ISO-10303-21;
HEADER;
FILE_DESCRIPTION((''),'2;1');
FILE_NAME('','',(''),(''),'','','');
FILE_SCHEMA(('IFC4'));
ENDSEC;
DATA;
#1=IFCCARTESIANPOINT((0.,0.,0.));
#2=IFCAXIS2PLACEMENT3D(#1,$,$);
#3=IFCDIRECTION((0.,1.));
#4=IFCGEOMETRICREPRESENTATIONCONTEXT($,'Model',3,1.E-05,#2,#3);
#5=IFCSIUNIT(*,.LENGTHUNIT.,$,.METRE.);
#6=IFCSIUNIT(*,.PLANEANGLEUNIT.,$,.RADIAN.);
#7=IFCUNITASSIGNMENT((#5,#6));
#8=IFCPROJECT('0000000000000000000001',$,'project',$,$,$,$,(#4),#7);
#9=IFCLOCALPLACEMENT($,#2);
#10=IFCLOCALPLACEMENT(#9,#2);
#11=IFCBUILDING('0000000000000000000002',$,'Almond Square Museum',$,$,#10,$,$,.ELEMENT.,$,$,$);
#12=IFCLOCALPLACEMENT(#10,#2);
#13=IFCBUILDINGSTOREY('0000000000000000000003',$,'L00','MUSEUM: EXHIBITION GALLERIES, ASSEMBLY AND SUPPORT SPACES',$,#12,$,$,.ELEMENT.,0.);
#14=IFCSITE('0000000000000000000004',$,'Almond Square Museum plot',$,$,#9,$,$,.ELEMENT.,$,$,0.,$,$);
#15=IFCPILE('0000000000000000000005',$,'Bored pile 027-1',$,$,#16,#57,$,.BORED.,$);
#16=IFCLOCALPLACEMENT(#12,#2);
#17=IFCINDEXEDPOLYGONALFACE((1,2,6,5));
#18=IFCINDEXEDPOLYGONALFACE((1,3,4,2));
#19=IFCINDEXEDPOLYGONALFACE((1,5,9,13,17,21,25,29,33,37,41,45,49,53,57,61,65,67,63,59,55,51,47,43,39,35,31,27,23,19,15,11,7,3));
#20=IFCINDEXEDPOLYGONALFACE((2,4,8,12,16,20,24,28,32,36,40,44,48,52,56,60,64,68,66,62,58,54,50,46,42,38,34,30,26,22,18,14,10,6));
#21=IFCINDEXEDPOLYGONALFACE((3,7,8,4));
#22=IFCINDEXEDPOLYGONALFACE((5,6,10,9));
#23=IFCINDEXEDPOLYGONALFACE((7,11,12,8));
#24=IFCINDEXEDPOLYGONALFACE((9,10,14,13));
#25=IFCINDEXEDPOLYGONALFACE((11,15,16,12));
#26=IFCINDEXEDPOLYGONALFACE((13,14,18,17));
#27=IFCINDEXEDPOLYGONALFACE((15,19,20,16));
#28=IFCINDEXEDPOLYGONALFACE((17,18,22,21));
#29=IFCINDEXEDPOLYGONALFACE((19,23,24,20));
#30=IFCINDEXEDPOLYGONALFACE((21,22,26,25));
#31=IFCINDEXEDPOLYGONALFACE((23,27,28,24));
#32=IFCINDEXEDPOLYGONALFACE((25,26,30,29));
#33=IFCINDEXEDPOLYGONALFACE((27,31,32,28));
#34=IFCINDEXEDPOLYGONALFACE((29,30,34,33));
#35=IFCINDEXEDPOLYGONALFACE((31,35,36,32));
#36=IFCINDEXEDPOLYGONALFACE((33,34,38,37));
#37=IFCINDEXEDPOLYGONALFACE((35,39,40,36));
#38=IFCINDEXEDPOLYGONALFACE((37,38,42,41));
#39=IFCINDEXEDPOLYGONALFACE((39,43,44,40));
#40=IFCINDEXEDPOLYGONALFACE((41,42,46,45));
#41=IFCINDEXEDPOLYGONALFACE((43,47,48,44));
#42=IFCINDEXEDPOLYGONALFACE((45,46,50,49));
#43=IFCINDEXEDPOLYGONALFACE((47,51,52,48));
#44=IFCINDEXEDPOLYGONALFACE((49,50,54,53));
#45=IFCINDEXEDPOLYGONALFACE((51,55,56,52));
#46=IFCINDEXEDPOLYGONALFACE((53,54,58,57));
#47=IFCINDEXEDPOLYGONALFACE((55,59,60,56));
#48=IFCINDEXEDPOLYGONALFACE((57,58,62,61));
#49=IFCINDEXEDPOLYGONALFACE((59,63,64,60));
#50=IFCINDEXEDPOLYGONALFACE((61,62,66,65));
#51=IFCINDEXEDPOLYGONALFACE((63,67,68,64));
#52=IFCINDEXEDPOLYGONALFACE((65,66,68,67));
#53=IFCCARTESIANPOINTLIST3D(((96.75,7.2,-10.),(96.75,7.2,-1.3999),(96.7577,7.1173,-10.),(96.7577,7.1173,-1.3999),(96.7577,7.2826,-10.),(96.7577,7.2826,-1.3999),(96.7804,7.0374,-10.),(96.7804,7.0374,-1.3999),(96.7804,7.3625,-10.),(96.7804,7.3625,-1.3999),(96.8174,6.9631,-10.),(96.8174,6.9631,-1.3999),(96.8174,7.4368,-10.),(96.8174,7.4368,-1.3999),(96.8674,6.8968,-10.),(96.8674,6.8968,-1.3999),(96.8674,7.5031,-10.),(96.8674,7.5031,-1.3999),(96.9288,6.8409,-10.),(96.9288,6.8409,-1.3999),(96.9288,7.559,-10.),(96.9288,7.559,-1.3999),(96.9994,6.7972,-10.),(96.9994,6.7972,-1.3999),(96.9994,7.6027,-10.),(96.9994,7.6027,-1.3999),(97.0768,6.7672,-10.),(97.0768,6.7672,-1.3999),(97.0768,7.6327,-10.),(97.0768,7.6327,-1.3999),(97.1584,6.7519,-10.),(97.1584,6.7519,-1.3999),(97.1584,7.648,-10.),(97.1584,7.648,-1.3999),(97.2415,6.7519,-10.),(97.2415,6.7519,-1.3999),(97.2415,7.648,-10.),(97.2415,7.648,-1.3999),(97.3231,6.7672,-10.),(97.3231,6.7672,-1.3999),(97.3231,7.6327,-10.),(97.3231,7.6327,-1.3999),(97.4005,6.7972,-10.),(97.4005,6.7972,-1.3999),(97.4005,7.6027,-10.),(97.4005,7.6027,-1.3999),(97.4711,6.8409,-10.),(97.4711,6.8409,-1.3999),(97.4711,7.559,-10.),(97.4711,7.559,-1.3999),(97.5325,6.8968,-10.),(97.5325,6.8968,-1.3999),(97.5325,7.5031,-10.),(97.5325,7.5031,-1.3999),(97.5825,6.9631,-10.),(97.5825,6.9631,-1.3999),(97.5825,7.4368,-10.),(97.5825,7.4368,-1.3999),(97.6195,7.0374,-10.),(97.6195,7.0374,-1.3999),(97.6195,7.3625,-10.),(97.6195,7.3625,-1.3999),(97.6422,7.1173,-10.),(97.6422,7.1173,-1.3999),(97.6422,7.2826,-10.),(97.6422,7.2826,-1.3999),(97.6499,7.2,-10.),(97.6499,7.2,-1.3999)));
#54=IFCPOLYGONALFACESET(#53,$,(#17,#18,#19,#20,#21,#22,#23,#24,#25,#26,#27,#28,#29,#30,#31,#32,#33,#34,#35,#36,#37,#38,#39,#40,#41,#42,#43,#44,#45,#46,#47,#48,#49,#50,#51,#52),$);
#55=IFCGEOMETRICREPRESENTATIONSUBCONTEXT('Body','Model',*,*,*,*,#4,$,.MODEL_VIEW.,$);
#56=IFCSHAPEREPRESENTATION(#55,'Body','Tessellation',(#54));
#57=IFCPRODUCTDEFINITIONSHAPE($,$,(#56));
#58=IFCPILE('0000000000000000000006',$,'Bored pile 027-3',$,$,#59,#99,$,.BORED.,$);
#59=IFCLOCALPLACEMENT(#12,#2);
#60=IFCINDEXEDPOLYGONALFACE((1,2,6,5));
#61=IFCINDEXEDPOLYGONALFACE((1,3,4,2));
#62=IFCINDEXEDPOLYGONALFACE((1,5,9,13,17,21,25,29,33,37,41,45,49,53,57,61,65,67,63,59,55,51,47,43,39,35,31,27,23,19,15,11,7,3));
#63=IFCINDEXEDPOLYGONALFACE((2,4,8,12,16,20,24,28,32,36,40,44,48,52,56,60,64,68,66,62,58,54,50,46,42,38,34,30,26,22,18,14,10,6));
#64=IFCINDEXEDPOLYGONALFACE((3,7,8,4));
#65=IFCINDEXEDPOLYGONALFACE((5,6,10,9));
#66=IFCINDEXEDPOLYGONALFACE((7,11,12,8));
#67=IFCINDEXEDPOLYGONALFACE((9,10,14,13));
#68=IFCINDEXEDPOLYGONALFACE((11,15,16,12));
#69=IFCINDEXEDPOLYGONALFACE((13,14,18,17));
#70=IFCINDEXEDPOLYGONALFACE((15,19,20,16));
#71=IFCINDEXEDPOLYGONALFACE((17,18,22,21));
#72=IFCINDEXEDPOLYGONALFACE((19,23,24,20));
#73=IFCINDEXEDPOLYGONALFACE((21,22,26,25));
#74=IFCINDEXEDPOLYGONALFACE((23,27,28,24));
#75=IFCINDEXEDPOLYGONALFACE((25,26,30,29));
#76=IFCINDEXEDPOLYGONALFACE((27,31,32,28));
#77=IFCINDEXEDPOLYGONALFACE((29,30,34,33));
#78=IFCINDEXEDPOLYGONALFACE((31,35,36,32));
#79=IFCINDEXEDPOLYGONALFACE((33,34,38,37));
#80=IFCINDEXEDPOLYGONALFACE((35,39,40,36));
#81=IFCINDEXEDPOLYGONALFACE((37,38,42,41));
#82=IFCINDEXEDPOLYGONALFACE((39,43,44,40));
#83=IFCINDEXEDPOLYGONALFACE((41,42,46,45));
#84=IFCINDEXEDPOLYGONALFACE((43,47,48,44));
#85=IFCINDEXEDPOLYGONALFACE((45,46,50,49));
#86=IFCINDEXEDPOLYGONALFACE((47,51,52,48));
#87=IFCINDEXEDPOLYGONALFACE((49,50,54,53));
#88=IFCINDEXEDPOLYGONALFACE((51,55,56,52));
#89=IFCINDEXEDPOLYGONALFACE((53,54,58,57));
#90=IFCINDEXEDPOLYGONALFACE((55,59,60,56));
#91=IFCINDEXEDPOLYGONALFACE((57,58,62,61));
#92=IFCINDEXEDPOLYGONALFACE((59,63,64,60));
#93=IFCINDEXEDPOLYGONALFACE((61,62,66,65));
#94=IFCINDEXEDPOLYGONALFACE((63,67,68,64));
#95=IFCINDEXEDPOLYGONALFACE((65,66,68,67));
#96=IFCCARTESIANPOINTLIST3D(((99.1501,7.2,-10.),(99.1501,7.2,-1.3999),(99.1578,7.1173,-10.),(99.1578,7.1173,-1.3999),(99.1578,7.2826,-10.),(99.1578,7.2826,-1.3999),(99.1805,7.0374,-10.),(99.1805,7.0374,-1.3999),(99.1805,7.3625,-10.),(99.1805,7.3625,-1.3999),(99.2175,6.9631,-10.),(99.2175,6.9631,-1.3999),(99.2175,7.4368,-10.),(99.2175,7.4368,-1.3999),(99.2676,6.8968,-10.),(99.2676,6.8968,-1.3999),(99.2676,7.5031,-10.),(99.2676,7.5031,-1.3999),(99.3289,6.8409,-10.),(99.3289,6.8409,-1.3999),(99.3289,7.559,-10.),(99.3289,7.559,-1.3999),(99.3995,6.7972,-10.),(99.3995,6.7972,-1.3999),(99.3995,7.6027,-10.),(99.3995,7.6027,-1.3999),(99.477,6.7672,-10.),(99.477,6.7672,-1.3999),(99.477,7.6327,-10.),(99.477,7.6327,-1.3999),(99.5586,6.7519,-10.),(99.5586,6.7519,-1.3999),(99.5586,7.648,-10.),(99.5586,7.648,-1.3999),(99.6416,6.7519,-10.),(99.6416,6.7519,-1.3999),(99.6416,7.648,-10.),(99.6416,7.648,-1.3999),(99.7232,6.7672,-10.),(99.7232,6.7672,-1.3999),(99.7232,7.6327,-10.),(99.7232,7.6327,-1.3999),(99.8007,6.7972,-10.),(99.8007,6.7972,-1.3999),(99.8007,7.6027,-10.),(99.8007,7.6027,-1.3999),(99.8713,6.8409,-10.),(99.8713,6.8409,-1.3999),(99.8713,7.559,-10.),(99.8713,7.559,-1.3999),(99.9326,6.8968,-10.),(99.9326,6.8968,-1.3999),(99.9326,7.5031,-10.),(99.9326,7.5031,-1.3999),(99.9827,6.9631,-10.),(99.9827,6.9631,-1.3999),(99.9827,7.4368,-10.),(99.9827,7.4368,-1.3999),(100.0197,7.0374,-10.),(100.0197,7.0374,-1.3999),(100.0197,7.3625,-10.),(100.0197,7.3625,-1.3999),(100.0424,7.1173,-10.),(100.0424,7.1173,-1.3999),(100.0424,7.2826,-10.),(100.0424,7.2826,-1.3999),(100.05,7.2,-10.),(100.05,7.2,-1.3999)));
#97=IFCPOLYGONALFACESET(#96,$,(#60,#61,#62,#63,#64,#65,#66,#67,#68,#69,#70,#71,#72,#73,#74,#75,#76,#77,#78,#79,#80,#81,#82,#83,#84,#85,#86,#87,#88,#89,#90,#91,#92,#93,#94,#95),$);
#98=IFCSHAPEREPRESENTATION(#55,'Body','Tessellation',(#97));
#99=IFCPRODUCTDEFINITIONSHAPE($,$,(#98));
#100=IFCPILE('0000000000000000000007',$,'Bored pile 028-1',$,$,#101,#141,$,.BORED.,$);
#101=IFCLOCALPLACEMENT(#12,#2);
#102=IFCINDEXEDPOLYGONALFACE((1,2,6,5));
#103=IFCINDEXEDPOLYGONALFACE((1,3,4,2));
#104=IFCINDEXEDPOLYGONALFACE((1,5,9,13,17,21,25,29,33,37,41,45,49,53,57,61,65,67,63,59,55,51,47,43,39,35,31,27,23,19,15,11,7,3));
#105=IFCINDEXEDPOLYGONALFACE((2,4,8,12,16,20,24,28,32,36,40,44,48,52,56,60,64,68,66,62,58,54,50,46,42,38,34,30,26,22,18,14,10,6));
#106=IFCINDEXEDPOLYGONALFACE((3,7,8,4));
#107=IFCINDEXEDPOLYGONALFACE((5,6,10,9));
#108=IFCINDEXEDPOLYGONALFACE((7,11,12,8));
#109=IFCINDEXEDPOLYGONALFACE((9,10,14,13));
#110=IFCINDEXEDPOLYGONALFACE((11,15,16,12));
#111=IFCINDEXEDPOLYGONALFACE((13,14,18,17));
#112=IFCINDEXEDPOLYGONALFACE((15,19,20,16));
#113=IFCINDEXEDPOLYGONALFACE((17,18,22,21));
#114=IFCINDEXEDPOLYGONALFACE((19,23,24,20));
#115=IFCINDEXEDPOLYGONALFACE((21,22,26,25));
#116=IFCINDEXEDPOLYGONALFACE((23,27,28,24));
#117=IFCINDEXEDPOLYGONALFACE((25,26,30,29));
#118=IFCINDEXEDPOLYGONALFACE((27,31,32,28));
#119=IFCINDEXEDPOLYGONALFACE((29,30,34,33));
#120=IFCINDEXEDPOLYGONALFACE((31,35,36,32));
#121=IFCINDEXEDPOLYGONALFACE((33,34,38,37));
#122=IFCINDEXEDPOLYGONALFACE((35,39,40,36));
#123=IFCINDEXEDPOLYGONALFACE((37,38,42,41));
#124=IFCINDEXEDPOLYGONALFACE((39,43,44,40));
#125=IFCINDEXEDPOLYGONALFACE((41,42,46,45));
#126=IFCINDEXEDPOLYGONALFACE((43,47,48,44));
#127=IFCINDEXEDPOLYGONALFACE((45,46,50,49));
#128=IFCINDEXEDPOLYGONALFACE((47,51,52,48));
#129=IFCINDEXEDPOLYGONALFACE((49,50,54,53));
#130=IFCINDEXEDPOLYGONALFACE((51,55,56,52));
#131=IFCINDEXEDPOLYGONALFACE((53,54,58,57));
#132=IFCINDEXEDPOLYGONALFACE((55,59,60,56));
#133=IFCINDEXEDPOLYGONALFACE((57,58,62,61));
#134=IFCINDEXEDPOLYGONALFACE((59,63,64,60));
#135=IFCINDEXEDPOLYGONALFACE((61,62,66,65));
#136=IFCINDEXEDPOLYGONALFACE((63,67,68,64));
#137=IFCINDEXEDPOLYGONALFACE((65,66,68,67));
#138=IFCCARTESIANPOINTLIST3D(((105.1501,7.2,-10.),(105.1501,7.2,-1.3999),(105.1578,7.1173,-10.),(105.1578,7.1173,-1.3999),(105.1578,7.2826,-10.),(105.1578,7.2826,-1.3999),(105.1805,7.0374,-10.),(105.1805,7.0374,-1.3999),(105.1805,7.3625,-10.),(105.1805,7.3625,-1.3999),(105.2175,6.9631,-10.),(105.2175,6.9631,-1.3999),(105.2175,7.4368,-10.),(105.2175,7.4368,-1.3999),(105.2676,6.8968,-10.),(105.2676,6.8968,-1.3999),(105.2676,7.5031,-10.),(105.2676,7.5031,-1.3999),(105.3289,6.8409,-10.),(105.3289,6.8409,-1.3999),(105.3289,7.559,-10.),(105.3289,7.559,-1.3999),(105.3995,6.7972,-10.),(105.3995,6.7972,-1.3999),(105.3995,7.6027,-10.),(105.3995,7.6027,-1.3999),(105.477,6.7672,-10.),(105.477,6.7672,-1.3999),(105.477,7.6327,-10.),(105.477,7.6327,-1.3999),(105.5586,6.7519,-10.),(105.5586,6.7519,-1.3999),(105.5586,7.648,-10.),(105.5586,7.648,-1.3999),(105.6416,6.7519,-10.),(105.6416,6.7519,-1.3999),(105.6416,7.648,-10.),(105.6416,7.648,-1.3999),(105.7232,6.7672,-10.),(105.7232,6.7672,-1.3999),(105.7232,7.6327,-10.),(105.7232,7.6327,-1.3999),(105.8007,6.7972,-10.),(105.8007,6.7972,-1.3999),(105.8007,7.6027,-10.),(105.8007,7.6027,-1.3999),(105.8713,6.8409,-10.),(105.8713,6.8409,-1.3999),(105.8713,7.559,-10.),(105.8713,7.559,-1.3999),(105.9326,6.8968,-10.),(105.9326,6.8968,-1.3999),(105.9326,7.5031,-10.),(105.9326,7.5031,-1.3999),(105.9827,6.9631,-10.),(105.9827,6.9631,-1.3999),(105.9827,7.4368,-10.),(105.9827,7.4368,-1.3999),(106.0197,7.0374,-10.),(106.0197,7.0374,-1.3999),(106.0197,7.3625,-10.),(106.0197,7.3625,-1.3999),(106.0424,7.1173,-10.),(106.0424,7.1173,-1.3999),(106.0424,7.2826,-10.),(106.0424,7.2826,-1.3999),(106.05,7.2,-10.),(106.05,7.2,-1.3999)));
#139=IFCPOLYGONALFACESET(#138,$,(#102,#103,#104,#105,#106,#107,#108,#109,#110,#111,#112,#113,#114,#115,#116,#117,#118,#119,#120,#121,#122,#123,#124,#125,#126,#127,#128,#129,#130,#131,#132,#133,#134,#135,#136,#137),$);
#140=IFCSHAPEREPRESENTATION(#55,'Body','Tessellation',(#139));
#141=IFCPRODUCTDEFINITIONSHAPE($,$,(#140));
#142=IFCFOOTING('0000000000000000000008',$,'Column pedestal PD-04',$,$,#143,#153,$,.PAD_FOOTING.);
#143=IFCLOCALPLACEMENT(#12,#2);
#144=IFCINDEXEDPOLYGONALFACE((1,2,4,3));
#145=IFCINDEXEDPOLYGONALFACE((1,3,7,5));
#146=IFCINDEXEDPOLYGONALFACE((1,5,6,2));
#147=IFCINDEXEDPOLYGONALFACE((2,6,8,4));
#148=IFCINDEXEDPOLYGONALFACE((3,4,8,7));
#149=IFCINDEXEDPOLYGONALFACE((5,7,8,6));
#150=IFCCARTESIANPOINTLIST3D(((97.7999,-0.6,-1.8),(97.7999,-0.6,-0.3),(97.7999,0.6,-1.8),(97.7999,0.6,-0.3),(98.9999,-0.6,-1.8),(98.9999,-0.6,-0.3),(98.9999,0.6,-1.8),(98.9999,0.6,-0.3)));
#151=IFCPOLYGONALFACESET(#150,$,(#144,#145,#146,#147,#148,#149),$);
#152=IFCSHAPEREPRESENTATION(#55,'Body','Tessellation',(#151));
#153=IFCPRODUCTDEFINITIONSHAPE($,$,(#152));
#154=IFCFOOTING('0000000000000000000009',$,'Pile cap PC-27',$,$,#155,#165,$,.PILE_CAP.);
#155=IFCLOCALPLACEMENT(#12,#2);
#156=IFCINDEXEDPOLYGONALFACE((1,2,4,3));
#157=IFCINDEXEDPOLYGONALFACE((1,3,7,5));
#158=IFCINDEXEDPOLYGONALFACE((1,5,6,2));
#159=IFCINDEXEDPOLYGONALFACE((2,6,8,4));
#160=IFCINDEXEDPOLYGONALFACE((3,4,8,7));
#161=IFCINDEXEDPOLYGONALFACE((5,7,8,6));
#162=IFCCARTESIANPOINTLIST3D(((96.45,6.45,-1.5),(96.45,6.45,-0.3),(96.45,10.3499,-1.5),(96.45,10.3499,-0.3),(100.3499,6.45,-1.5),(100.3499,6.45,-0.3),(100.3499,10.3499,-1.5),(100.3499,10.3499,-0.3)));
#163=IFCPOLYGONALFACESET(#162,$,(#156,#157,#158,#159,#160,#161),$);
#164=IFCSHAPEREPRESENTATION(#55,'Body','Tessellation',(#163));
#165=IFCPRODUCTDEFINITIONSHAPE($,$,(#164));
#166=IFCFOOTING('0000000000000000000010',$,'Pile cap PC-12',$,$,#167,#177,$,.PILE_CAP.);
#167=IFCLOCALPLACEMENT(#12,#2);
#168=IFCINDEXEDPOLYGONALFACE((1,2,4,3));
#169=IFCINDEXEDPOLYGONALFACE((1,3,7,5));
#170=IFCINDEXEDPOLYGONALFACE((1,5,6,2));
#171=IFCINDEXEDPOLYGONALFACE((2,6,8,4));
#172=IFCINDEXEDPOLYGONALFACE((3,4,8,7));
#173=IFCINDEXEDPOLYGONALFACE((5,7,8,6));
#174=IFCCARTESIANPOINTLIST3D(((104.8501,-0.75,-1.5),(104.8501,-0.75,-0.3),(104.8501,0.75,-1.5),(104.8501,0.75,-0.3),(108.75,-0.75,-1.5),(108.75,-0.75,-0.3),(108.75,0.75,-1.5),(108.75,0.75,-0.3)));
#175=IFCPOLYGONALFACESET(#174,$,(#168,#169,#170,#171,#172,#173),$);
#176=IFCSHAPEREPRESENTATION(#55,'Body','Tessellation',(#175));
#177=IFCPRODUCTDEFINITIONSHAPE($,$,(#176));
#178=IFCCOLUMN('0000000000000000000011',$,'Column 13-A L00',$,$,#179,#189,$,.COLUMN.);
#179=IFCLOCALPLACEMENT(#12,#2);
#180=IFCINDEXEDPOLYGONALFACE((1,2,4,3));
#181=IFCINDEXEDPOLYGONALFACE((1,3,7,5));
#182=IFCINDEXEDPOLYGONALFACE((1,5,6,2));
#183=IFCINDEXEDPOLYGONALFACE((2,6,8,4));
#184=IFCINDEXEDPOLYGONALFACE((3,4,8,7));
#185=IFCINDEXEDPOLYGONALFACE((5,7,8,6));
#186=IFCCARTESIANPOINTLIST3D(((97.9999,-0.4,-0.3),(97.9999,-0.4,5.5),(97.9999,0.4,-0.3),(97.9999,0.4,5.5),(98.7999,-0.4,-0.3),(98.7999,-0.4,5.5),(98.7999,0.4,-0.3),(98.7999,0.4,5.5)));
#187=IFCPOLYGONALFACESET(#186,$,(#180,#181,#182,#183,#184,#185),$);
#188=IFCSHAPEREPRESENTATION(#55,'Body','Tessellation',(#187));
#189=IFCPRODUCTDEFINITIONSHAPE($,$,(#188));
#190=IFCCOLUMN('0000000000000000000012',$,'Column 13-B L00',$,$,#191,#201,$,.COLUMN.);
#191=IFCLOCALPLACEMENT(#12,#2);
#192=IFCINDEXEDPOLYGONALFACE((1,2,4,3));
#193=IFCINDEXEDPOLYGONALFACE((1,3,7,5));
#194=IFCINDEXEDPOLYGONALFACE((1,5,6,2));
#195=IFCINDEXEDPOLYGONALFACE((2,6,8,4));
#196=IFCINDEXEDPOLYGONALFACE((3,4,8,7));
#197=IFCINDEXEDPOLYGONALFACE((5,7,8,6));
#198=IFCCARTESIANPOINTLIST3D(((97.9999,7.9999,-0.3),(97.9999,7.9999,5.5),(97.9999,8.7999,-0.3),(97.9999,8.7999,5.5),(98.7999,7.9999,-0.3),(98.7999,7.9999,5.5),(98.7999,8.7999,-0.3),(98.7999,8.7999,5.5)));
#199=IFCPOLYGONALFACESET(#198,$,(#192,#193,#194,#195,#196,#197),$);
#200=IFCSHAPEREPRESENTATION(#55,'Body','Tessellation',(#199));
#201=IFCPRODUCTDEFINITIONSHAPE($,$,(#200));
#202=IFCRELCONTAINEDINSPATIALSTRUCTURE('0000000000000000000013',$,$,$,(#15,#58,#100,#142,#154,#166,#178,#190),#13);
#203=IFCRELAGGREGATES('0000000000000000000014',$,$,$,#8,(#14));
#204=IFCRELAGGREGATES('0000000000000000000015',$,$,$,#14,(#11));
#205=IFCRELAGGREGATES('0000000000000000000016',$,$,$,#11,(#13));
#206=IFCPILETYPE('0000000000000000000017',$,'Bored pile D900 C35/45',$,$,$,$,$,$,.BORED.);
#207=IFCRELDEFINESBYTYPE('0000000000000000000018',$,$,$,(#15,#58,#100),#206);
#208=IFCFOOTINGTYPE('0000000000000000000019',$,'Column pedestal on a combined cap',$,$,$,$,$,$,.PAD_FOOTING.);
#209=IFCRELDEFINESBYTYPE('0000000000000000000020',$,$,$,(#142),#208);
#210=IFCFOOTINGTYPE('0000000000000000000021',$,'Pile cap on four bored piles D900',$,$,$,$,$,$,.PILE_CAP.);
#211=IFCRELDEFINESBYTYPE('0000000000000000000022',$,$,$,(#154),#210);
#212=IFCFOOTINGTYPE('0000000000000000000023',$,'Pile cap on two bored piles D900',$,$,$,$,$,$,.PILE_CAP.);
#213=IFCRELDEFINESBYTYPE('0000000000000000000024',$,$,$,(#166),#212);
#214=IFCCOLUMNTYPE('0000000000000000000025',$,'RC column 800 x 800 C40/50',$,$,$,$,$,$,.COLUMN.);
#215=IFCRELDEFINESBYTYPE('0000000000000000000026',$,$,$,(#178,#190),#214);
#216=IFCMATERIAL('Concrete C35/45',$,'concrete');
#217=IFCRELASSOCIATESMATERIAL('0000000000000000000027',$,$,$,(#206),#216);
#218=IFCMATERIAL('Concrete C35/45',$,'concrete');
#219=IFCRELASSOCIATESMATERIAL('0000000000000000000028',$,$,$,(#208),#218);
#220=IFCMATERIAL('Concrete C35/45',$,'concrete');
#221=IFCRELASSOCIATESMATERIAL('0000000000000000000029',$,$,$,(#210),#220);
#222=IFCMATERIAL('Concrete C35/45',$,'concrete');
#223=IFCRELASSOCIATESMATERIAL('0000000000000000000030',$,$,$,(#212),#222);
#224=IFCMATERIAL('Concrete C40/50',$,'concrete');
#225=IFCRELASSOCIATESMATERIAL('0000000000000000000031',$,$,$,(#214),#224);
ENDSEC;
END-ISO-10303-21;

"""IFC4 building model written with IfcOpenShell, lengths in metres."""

from ifc_helpers import new_model, si_unit, direction, frame, origin, origin_2d, place, context, subcontext, project, spatial, rectangle, circle, extrude, material, material_profile, profile_set, type_object, element, save


model = new_model("IFC4")

# Units and contexts
model_context = context("Model", 3, precision=1e-05, world=origin(), true_north=direction((0.0, 1.0)))
body_context = subcontext(model_context, "Body", "Model", "MODEL_VIEW")
ifc_project = project(units=[si_unit("LENGTHUNIT", "METRE"), si_unit("PLANEANGLEUNIT", "RADIAN")], contexts=[model_context])

# Site, building, storey
site_placement = place(None, origin())
site = spatial("IfcSite", under=ifc_project, at=site_placement, Name="Almond Square Museum plot", CompositionType="ELEMENT", RefElevation=0.0)
building_placement = place(site_placement, origin())
building = spatial("IfcBuilding", under=site, at=building_placement, Name="Almond Square Museum", CompositionType="ELEMENT")
storey_placement = place(building_placement, origin())
storey = spatial("IfcBuildingStorey", under=building, at=storey_placement, Name="L00", Description="MUSEUM: EXHIBITION GALLERIES, ASSEMBLY AND SUPPORT SPACES", CompositionType="ELEMENT", Elevation=0.0)

# Piles
ifc_material_1 = material(Name="Concrete C35/45", Category="concrete")
ifc_material_profile_1 = material_profile(ifc_material_1, circle(Radius=0.45, at=origin_2d()))
ifc_profile_set_1 = profile_set([ifc_material_profile_1], Name="Concrete C35/45")
pile_type = type_object("IfcPileType", Name="Bored pile D900 C35/45", PredefinedType="BORED", material=ifc_profile_set_1)
for number, where, z_axis, x_axis, name in (
    (1, (97.2, 7.2, -1.3999), (0.0, 0.0, -1.0), (1.0, 0.0, 0.0), "Bored pile 027-1"),
    (2, (99.6001, 7.2, -1.3999), (0.0, 0.0, -1.0), (1.0, 0.0, 0.0), "Bored pile 027-3"),
    (3, (105.6001, 7.2, -1.3999), (0.0, 0.0, -1.0), (1.0, 0.0, 0.0), "Bored pile 028-1"),
):
    element("IfcPile", number, at=place(storey_placement, frame(where, z_axis=z_axis, x_axis=x_axis)), inside=storey, type_object=pile_type, Name=name, PredefinedType="BORED", context=body_context, shape_type="SweptSolid", body=[
        extrude(circle(Radius=0.45, at=origin_2d()), origin(), (0.0, 0.0, 1.0), 8.6001),
    ])

# Footings
ifc_material_2 = material(Name="Concrete C35/45", Category="concrete")
footing_type_1 = type_object("IfcFootingType", Name="Column pedestal on a combined cap", PredefinedType="PAD_FOOTING", material=ifc_material_2)
footing_1_placement = place(storey_placement, frame((98.3999, 0.0, -1.8), z_axis=(0.0, 0.0, 1.0), x_axis=(1.0, 0.0, 0.0)))
element("IfcFooting", 4, at=footing_1_placement, inside=storey, type_object=footing_type_1, Name="Column pedestal PD-04", PredefinedType="PAD_FOOTING", context=body_context, shape_type="SweptSolid", body=[
    extrude(rectangle(XDim=1.2, YDim=1.2, at=origin_2d()), origin(), (0.0, 0.0, 1.0), 1.5),
])
ifc_material_3 = material(Name="Concrete C35/45", Category="concrete")
footing_type_2 = type_object("IfcFootingType", Name="Pile cap on four bored piles D900", PredefinedType="PILE_CAP", material=ifc_material_3)
footing_2_placement = place(storey_placement, frame((98.3999, 8.3999, -1.5), z_axis=(0.0, 0.0, 1.0), x_axis=(1.0, 0.0, 0.0)))
element("IfcFooting", 5, at=footing_2_placement, inside=storey, type_object=footing_type_2, Name="Pile cap PC-27", PredefinedType="PILE_CAP", context=body_context, shape_type="SweptSolid", body=[
    extrude(rectangle(XDim=3.8999, YDim=3.8999, at=origin_2d()), origin(), (0.0, 0.0, 1.0), 1.2),
])
ifc_material_4 = material(Name="Concrete C35/45", Category="concrete")
footing_type_3 = type_object("IfcFootingType", Name="Pile cap on two bored piles D900", PredefinedType="PILE_CAP", material=ifc_material_4)
footing_3_placement = place(storey_placement, frame((106.8, 0.0, -1.5), z_axis=(0.0, 0.0, 1.0), x_axis=(1.0, 0.0, 0.0)))
element("IfcFooting", 6, at=footing_3_placement, inside=storey, type_object=footing_type_3, Name="Pile cap PC-12", PredefinedType="PILE_CAP", context=body_context, shape_type="SweptSolid", body=[
    extrude(rectangle(XDim=3.8999, YDim=1.5, at=origin_2d()), origin(), (0.0, 0.0, 1.0), 1.2),
])

# Columns
ifc_material_5 = material(Name="Concrete C40/50", Category="concrete")
ifc_material_profile_2 = material_profile(ifc_material_5, rectangle(XDim=0.8, YDim=0.8, at=origin_2d()))
ifc_profile_set_2 = profile_set([ifc_material_profile_2], Name="Concrete C40/50")
column_type = type_object("IfcColumnType", Name="RC column 800 x 800 C40/50", PredefinedType="COLUMN", material=ifc_profile_set_2)
for number, where, z_axis, x_axis, name in (
    (7, (98.3999, 0.0, -0.3), (0.0, 0.0, 1.0), (1.0, 0.0, 0.0), "Column 13-A L00"),
    (8, (98.3999, 8.3999, -0.3), (0.0, 0.0, 1.0), (1.0, 0.0, 0.0), "Column 13-B L00"),
):
    element("IfcColumn", number, at=place(storey_placement, frame(where, z_axis=z_axis, x_axis=x_axis)), inside=storey, type_object=column_type, Name=name, PredefinedType="COLUMN", context=body_context, shape_type="SweptSolid", body=[
        extrude(rectangle(XDim=0.8, YDim=0.8, at=origin_2d()), origin(), (0.0, 0.0, 1.0), 5.8),
    ])

save(model, "model.ifc")
